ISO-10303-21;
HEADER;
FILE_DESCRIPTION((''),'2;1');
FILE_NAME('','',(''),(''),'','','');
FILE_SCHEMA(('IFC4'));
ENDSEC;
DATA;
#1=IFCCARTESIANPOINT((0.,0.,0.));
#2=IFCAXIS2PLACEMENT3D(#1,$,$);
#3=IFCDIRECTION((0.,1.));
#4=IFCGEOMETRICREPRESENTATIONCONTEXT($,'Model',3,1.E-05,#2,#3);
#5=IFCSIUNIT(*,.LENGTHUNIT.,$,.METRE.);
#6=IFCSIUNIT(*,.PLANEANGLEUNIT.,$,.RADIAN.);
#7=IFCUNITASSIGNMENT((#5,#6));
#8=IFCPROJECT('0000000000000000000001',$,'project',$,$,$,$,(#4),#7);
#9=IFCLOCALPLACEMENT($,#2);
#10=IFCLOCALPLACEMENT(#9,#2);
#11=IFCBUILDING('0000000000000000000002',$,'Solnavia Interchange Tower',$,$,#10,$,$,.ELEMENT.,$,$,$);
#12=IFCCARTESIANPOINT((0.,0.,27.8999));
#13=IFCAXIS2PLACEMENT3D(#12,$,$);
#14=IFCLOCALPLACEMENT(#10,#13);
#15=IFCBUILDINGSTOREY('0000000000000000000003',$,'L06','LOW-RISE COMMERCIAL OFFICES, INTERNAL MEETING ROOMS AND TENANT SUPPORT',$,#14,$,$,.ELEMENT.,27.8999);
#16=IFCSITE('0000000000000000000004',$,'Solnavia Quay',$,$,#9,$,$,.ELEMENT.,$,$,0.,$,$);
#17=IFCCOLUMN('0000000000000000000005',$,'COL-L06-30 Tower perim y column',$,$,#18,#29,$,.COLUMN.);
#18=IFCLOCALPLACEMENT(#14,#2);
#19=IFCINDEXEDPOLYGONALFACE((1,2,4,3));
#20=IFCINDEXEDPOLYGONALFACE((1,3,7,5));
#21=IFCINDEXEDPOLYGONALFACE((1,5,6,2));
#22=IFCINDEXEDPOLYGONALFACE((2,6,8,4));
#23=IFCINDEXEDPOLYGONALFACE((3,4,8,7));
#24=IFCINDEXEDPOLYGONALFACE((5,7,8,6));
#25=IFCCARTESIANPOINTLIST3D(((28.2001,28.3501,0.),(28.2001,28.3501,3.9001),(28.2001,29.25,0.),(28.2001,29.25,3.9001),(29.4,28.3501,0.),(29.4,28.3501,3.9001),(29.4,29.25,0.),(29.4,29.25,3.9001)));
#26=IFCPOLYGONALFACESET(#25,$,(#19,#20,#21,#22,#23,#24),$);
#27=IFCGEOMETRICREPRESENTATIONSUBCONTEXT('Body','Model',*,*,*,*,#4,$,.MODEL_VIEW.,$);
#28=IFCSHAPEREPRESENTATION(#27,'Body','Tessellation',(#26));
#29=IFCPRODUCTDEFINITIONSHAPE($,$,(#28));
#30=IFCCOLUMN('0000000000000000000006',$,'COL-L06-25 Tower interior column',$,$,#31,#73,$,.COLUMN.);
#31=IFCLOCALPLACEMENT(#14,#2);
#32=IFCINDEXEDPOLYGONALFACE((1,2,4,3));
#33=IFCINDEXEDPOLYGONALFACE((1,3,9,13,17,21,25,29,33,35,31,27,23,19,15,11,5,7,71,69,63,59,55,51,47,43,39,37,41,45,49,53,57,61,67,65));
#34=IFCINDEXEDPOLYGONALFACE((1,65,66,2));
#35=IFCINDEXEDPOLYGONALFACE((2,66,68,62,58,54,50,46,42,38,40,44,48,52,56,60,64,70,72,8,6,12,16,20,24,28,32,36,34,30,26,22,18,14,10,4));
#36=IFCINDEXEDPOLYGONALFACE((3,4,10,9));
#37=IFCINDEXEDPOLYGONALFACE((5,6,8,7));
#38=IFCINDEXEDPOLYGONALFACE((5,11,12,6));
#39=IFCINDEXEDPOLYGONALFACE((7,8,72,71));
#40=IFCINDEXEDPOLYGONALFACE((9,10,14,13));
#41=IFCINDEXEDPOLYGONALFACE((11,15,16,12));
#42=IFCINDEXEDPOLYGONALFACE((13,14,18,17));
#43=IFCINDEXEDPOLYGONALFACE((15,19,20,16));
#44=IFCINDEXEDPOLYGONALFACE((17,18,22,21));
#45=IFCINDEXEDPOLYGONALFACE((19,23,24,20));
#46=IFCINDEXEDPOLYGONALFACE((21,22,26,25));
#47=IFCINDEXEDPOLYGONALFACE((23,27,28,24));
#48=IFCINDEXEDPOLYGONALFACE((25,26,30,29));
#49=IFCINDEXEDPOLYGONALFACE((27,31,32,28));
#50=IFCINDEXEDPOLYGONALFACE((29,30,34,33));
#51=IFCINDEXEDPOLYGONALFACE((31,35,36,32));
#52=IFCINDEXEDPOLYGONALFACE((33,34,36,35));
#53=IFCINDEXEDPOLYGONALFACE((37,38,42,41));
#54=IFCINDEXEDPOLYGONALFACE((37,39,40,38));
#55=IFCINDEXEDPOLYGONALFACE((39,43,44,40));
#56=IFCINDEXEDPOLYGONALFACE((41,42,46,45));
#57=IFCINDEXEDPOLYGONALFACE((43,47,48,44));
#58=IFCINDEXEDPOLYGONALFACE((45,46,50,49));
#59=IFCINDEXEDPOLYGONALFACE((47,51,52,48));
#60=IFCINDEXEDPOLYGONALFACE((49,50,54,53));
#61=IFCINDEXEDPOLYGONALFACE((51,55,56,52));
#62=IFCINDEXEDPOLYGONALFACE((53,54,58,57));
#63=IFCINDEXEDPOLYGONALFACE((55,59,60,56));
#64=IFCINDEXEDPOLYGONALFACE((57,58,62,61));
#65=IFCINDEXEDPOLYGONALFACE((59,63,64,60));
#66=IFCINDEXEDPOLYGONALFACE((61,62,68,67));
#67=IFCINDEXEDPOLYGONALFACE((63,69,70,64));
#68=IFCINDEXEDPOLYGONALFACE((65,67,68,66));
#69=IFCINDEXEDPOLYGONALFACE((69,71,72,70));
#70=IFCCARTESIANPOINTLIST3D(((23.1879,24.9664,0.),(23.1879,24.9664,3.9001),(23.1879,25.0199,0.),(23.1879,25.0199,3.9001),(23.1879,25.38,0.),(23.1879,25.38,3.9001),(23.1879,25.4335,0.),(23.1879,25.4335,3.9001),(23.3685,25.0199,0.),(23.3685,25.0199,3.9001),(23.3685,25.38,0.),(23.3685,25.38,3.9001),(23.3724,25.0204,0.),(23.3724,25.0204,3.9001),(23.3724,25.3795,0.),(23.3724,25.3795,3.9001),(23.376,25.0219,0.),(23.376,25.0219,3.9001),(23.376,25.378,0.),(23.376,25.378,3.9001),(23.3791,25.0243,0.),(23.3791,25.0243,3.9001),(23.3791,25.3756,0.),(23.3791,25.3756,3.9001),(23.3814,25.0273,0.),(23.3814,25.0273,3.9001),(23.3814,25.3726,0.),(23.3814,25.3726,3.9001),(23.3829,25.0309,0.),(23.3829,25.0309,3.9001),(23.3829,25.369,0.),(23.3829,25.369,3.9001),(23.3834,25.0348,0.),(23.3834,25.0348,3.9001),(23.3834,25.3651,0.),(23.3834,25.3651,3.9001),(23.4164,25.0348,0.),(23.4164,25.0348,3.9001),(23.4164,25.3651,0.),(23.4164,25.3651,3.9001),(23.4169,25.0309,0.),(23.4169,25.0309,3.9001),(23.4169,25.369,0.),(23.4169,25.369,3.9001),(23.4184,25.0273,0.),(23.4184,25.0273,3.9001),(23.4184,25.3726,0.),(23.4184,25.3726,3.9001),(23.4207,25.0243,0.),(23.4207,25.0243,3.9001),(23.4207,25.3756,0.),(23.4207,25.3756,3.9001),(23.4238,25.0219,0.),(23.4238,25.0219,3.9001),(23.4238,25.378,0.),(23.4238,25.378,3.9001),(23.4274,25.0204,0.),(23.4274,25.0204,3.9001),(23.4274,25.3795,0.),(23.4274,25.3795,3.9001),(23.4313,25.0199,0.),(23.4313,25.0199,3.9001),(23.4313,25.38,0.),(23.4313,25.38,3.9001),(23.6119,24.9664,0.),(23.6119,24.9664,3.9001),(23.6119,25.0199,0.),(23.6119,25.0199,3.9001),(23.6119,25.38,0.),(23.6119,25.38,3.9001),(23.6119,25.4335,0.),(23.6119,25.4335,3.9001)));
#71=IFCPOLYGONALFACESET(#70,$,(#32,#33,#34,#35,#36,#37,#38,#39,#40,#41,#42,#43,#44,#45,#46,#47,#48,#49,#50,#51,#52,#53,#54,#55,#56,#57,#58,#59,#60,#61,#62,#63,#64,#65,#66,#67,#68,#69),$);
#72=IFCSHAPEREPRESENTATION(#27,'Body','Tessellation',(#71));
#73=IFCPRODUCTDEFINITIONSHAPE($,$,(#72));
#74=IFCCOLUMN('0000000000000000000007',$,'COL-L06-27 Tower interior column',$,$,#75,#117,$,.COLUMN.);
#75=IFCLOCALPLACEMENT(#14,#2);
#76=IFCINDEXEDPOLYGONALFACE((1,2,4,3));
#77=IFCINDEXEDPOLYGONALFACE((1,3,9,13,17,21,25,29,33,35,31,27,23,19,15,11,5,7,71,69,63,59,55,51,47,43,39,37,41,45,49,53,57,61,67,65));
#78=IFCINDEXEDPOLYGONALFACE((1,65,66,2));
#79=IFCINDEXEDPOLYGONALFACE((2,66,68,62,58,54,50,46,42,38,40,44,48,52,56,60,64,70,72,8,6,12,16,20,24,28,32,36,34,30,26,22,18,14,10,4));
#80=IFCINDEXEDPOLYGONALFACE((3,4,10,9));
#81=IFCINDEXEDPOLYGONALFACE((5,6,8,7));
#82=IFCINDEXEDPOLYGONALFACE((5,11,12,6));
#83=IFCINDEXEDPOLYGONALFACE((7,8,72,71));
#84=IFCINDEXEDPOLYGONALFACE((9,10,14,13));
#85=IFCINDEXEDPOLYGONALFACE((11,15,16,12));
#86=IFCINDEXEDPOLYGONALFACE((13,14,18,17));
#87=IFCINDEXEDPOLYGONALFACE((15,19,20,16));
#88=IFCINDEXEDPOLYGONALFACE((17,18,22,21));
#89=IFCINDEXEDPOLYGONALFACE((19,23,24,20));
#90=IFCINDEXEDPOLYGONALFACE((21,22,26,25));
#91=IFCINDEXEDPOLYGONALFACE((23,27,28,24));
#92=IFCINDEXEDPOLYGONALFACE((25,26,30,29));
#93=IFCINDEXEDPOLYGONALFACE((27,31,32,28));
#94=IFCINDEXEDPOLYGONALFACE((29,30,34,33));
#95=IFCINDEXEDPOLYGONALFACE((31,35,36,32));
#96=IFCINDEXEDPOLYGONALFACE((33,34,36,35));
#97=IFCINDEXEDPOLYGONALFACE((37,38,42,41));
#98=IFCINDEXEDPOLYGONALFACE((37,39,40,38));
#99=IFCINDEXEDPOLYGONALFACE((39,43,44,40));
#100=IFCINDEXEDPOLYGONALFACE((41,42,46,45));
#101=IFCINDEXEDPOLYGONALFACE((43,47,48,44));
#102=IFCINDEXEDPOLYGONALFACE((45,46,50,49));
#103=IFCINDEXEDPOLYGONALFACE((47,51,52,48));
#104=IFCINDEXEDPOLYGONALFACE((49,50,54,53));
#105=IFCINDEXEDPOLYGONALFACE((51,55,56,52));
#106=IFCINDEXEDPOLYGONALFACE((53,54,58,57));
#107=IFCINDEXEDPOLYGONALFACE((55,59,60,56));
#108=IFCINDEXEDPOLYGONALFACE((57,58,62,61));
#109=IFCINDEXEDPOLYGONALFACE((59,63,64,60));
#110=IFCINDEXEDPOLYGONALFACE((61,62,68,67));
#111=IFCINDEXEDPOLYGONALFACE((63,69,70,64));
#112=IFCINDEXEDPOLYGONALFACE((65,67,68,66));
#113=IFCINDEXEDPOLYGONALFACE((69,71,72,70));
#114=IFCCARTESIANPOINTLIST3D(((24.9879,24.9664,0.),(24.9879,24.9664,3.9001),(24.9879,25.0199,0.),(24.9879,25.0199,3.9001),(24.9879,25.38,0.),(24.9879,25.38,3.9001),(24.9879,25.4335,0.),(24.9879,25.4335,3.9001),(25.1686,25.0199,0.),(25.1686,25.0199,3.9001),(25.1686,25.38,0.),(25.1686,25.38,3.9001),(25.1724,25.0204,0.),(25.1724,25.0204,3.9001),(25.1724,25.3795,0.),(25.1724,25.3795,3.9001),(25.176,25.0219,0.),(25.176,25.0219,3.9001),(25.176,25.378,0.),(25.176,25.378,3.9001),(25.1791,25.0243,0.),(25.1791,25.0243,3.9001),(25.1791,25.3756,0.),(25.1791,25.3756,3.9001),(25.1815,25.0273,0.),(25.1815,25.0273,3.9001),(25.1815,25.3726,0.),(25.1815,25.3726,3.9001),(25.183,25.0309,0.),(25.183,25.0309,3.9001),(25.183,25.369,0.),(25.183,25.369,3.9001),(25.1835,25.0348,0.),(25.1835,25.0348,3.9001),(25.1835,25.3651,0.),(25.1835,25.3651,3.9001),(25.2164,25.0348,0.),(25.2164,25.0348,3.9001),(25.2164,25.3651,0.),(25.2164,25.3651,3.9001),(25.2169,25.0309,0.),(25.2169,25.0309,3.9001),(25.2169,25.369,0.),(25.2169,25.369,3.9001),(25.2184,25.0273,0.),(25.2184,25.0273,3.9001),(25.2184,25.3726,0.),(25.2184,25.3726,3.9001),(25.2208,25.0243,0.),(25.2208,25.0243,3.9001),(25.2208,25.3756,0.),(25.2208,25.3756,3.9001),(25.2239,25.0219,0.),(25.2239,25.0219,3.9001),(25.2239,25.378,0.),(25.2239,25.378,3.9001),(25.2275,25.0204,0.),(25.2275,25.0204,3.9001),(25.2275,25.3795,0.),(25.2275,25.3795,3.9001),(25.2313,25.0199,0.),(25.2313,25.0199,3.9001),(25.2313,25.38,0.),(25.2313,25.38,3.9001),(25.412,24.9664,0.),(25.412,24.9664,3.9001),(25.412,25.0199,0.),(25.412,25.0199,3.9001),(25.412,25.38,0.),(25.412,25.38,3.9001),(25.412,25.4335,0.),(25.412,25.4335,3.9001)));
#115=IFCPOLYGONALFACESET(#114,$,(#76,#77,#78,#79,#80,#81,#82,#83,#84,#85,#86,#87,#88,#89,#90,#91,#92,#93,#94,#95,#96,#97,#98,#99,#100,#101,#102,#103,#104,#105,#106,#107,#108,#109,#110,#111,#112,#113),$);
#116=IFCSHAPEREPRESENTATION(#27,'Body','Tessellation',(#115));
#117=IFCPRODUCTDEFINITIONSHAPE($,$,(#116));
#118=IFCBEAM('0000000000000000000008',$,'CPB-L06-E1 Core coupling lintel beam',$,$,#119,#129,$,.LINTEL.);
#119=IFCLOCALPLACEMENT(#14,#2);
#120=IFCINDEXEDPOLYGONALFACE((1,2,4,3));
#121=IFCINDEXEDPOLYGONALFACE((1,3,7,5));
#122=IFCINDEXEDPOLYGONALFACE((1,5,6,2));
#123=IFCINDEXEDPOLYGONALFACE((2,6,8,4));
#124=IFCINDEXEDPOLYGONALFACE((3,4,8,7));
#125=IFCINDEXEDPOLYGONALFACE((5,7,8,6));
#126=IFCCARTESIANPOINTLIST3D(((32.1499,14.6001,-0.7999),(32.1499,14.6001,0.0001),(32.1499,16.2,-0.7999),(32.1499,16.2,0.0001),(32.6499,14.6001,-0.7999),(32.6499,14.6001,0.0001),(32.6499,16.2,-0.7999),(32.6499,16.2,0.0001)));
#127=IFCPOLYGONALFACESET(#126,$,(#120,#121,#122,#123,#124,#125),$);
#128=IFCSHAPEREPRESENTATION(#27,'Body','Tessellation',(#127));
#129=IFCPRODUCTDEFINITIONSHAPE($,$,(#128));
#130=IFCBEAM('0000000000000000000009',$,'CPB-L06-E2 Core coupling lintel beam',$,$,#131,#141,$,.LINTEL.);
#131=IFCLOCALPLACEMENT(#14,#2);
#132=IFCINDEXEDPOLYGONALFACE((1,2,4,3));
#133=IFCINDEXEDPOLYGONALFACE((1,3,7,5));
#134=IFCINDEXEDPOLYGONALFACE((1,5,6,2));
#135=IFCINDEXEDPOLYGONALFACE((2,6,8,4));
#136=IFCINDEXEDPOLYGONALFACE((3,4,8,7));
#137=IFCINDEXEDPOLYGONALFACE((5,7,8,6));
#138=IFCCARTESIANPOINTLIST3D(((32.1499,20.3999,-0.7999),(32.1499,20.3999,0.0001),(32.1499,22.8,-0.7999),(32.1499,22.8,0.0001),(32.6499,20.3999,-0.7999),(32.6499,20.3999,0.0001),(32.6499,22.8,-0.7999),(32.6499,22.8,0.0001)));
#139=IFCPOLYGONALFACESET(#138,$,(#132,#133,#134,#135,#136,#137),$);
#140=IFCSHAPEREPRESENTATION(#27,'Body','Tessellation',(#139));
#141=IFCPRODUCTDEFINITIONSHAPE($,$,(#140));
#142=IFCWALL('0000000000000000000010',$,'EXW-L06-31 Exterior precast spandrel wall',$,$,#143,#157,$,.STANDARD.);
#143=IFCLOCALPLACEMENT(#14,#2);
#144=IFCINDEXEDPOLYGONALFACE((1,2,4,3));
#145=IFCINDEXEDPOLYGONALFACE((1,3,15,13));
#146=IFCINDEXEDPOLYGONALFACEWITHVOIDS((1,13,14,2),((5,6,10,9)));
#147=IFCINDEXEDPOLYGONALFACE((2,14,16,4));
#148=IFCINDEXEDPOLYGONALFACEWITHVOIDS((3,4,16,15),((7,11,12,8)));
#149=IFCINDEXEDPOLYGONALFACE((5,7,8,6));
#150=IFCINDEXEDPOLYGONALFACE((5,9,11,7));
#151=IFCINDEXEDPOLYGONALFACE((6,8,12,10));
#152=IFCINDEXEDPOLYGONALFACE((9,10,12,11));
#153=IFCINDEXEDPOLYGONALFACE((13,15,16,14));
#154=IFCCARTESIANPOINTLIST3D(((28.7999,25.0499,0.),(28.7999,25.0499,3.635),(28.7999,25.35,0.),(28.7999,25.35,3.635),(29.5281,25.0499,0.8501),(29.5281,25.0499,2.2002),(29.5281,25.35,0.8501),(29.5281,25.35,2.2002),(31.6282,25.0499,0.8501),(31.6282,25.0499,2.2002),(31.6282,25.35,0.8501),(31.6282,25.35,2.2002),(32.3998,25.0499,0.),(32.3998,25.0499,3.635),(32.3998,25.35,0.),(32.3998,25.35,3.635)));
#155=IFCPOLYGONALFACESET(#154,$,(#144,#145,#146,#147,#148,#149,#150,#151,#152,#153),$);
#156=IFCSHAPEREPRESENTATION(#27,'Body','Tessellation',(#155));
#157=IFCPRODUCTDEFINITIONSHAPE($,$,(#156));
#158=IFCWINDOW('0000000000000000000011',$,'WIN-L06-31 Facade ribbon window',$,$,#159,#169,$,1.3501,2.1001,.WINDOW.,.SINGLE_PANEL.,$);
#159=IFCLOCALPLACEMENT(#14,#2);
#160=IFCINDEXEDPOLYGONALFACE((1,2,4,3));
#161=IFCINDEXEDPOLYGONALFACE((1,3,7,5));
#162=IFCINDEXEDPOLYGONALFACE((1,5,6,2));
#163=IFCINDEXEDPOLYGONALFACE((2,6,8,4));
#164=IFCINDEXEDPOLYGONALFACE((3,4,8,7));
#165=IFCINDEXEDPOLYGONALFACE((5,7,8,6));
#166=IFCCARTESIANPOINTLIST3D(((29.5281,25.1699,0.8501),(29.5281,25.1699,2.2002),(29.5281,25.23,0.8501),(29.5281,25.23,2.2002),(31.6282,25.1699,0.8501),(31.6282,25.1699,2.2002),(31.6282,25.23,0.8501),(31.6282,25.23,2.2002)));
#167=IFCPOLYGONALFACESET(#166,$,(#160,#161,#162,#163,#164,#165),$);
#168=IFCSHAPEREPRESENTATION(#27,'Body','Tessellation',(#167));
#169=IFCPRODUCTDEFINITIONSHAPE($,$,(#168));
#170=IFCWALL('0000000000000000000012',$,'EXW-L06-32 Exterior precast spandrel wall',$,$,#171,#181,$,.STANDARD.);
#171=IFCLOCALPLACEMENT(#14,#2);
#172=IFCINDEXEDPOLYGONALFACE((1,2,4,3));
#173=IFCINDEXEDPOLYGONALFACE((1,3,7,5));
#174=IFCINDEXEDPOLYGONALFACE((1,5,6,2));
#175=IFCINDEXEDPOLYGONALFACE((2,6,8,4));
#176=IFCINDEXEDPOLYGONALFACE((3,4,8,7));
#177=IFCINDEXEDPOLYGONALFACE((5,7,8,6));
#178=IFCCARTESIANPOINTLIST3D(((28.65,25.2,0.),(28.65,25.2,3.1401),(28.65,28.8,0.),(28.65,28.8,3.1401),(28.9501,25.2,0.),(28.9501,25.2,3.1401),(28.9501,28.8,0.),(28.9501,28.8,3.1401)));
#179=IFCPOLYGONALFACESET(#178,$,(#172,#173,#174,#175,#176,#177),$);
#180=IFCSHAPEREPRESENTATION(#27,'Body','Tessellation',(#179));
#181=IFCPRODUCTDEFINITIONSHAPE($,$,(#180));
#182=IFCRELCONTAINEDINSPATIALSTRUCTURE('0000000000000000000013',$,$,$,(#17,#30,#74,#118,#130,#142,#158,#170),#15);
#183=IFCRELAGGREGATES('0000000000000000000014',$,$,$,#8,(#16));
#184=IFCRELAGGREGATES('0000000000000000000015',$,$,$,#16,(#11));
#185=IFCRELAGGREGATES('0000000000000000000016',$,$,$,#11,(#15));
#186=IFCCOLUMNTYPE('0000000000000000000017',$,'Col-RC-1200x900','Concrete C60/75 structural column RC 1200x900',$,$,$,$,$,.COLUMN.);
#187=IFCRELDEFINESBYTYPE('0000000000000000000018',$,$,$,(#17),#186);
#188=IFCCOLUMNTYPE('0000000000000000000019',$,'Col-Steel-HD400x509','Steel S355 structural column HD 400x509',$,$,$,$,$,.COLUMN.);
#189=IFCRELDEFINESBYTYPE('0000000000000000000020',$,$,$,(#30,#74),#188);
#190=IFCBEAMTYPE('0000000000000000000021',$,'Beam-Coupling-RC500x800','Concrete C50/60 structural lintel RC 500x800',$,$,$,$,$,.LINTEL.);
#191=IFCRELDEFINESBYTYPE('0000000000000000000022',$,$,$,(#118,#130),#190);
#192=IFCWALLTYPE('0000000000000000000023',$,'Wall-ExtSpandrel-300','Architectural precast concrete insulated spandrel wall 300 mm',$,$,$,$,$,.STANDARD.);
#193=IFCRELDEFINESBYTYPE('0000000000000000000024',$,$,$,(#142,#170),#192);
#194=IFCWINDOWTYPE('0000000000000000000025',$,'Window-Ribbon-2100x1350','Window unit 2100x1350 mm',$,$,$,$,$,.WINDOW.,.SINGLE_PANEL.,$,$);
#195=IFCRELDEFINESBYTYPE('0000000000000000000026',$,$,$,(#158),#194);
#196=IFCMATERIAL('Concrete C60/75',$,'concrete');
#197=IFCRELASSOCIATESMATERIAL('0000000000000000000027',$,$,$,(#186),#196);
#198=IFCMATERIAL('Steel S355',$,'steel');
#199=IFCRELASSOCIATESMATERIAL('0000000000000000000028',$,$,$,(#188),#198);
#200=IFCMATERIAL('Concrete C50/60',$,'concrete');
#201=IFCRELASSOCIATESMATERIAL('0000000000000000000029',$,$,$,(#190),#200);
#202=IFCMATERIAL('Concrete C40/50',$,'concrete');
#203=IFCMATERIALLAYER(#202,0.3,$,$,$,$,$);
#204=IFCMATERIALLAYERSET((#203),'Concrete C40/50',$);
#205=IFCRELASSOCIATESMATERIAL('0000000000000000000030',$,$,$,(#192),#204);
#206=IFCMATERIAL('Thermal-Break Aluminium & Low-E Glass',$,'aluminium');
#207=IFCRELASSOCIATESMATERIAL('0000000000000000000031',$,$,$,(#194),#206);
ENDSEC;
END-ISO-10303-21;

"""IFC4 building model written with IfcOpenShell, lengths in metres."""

from ifc_helpers import new_model, si_unit, direction, frame, frame_2d, origin, origin_2d, place, context, subcontext, project, spatial, rectangle, i_section, extrude, material, layer, layer_set, material_profile, profile_set, type_object, element, fill, save


model = new_model("IFC4")

# Units and contexts
model_context = context("Model", 3, precision=1e-05, world=origin(), true_north=direction((0.0, 1.0)))
body_context = subcontext(model_context, "Body", "Model", "MODEL_VIEW")
ifc_project = project(units=[si_unit("LENGTHUNIT", "METRE"), si_unit("PLANEANGLEUNIT", "RADIAN")], contexts=[model_context])

# Site, building, storey
site_placement = place(None, origin())
site = spatial("IfcSite", under=ifc_project, at=site_placement, Name="Solnavia Quay", CompositionType="ELEMENT", RefElevation=0.0)
building_placement = place(site_placement, origin())
building = spatial("IfcBuilding", under=site, at=building_placement, Name="Solnavia Interchange Tower", CompositionType="ELEMENT")
storey_placement = place(building_placement, frame((0.0, 0.0, 27.8999)))
storey = spatial("IfcBuildingStorey", under=building, at=storey_placement, Name="L06", Description="LOW-RISE COMMERCIAL OFFICES, INTERNAL MEETING ROOMS AND TENANT SUPPORT", CompositionType="ELEMENT", Elevation=27.8999)

# Columns
ifc_material_1 = material(Name="Concrete C60/75", Category="concrete")
ifc_material_profile_1 = material_profile(ifc_material_1, rectangle(XDim=0.8999, YDim=1.2, at=origin_2d()), Name="RC 1200x900")
ifc_profile_set_1 = profile_set([ifc_material_profile_1], Name="Concrete C60/75")
column_type_1 = type_object("IfcColumnType", Name="Col-RC-1200x900", Description="Concrete C60/75 structural column RC 1200x900", PredefinedType="COLUMN", material=ifc_profile_set_1)
column_placement = place(storey_placement, frame((28.8, 28.8, 0.0), z_axis=(0.0, 0.0, 1.0), x_axis=(0.0, 1.0, 0.0)))
element("IfcColumn", 1, at=column_placement, inside=storey, type_object=column_type_1, Name="COL-L06-30 Tower perim y column", PredefinedType="COLUMN", context=body_context, shape_type="SweptSolid", body=[
    extrude(rectangle(XDim=0.8999, YDim=1.2, at=origin_2d()), origin(), (0.0, 0.0, 1.0), 3.9001),
])
ifc_material_2 = material(Name="Steel S355", Category="steel")
ifc_material_profile_2 = material_profile(ifc_material_2, i_section(OverallWidth=0.4241, OverallDepth=0.467, WebThickness=0.033, FlangeThickness=0.0535, FilletRadius=0.0149, at=origin_2d()), Name="HD 400x509")
ifc_profile_set_2 = profile_set([ifc_material_profile_2], Name="Steel S355")
column_type_2 = type_object("IfcColumnType", Name="Col-Steel-HD400x509", Description="Steel S355 structural column HD 400x509", PredefinedType="COLUMN", material=ifc_profile_set_2)
for number, where, z_axis, x_axis, name in (
    (2, (23.3999, 25.2, 0.0), (0.0, 0.0, 1.0), (1.0, 0.0, 0.0), "COL-L06-25 Tower interior column"),
    (3, (25.2, 25.2, 0.0), (0.0, 0.0, 1.0), (1.0, 0.0, 0.0), "COL-L06-27 Tower interior column"),
):
    element("IfcColumn", number, at=place(storey_placement, frame(where, z_axis=z_axis, x_axis=x_axis)), inside=storey, type_object=column_type_2, Name=name, PredefinedType="COLUMN", context=body_context, shape_type="SweptSolid", body=[
        extrude(i_section(OverallWidth=0.4241, OverallDepth=0.467, WebThickness=0.033, FlangeThickness=0.0535, FilletRadius=0.0149, at=origin_2d()), origin(), (0.0, 0.0, 1.0), 3.9001),
    ])

# Beams
ifc_material_3 = material(Name="Concrete C50/60", Category="concrete")
ifc_material_profile_3 = material_profile(ifc_material_3, rectangle(XDim=0.5, YDim=0.8, at=origin_2d()), Name="RC 500x800")
ifc_profile_set_3 = profile_set([ifc_material_profile_3], Name="Concrete C50/60")
beam_type = type_object("IfcBeamType", Name="Beam-Coupling-RC500x800", Description="Concrete C50/60 structural lintel RC 500x800", PredefinedType="LINTEL", material=ifc_profile_set_3)
beam_1_placement = place(storey_placement, frame((32.3999, 14.6001, -0.3999), z_axis=(0.0, 1.0, 0.0), x_axis=(-1.0, 0.0, 0.0)))
element("IfcBeam", 4, at=beam_1_placement, inside=storey, type_object=beam_type, Name="CPB-L06-E1 Core coupling lintel beam", PredefinedType="LINTEL", context=body_context, shape_type="SweptSolid", body=[
    extrude(rectangle(XDim=0.5, YDim=0.8, at=origin_2d()), origin(), (0.0, 0.0, 1.0), 1.5999),
])
beam_2_placement = place(storey_placement, frame((32.3999, 20.3999, -0.3999), z_axis=(0.0, 1.0, 0.0), x_axis=(-1.0, 0.0, 0.0)))
element("IfcBeam", 5, at=beam_2_placement, inside=storey, type_object=beam_type, Name="CPB-L06-E2 Core coupling lintel beam", PredefinedType="LINTEL", context=body_context, shape_type="SweptSolid", body=[
    extrude(rectangle(XDim=0.5, YDim=0.8, at=origin_2d()), origin(), (0.0, 0.0, 1.0), 2.4001),
])

# Wall, opening, window
ifc_material_4 = material(Name="Concrete C40/50", Category="concrete")
ifc_layer_1 = layer(ifc_material_4, 0.3)
ifc_layer_set_1 = layer_set([ifc_layer_1], Name="Concrete C40/50")
wall_type_1 = type_object("IfcWallType", Name="Wall-ExtSpandrel-300", Description="Architectural precast concrete insulated spandrel wall 300 mm", PredefinedType="STANDARD", material=ifc_layer_set_1)
wall_1_placement = place(storey_placement, frame((28.8, 25.2, 0.0), z_axis=(0.0, 0.0, 1.0), x_axis=(1.0, 0.0, 0.0)))
wall_1 = element("IfcWall", 6, at=wall_1_placement, inside=storey, type_object=wall_type_1, Name="EXW-L06-31 Exterior precast spandrel wall", PredefinedType="STANDARD", context=body_context, shape_type="SweptSolid", body=[
    extrude(rectangle(XDim=3.5999, YDim=0.3, at=frame_2d((1.7998, 0.0))), origin(), (0.0, 0.0, 1.0), 3.635),
])
opening_1_placement = place(wall_1_placement, frame((0.728, 0.0, 0.8501)))
opening_1 = element("IfcOpeningElement", 7, at=opening_1_placement, cuts=wall_1, PredefinedType="OPENING", context=body_context, shape_type="SweptSolid", body=[
    extrude(rectangle(XDim=2.1001, YDim=1.3501, at=frame_2d((1.05, 0.675))), frame((0.0, 0.1602, 0.0), z_axis=(0.0, -1.0, 0.0), x_axis=(1.0, 0.0, 0.0)), (0.0, 0.0, 1.0), 0.3201),
])
ifc_material_5 = material(Name="Thermal-Break Aluminium & Low-E Glass", Category="aluminium")
window_type = type_object("IfcWindowType", Name="Window-Ribbon-2100x1350", Description="Window unit 2100x1350 mm", PartitioningType="SINGLE_PANEL", PredefinedType="WINDOW", material=ifc_material_5)
window_placement = place(opening_1_placement, origin())
window = element("IfcWindow", 8, at=window_placement, inside=storey, type_object=window_type, Name="WIN-L06-31 Facade ribbon window", OverallHeight=1.3501, OverallWidth=2.1001, PartitioningType="SINGLE_PANEL", PredefinedType="WINDOW", context=body_context, shape_type="SweptSolid", body=[
    extrude(rectangle(XDim=2.1001, YDim=1.3501, at=frame_2d((1.05, 0.675))), frame((0.0, 0.03, 0.0), z_axis=(0.0, -1.0, 0.0), x_axis=(1.0, 0.0, 0.0)), (0.0, 0.0, 1.0), 0.0601),
])
fill(opening_1, window)

# Wall
wall_2_placement = place(storey_placement, frame((28.8, 25.2, 0.0), z_axis=(0.0, 0.0, 1.0), x_axis=(0.0, 1.0, 0.0)))
element("IfcWall", 9, at=wall_2_placement, inside=storey, type_object=wall_type_1, Name="EXW-L06-32 Exterior precast spandrel wall", PredefinedType="STANDARD", context=body_context, shape_type="SweptSolid", body=[
    extrude(rectangle(XDim=3.6001, YDim=0.3, at=frame_2d((1.8, 0.0))), origin(), (0.0, 0.0, 1.0), 3.1401),
])

save(model, "model.ifc")
